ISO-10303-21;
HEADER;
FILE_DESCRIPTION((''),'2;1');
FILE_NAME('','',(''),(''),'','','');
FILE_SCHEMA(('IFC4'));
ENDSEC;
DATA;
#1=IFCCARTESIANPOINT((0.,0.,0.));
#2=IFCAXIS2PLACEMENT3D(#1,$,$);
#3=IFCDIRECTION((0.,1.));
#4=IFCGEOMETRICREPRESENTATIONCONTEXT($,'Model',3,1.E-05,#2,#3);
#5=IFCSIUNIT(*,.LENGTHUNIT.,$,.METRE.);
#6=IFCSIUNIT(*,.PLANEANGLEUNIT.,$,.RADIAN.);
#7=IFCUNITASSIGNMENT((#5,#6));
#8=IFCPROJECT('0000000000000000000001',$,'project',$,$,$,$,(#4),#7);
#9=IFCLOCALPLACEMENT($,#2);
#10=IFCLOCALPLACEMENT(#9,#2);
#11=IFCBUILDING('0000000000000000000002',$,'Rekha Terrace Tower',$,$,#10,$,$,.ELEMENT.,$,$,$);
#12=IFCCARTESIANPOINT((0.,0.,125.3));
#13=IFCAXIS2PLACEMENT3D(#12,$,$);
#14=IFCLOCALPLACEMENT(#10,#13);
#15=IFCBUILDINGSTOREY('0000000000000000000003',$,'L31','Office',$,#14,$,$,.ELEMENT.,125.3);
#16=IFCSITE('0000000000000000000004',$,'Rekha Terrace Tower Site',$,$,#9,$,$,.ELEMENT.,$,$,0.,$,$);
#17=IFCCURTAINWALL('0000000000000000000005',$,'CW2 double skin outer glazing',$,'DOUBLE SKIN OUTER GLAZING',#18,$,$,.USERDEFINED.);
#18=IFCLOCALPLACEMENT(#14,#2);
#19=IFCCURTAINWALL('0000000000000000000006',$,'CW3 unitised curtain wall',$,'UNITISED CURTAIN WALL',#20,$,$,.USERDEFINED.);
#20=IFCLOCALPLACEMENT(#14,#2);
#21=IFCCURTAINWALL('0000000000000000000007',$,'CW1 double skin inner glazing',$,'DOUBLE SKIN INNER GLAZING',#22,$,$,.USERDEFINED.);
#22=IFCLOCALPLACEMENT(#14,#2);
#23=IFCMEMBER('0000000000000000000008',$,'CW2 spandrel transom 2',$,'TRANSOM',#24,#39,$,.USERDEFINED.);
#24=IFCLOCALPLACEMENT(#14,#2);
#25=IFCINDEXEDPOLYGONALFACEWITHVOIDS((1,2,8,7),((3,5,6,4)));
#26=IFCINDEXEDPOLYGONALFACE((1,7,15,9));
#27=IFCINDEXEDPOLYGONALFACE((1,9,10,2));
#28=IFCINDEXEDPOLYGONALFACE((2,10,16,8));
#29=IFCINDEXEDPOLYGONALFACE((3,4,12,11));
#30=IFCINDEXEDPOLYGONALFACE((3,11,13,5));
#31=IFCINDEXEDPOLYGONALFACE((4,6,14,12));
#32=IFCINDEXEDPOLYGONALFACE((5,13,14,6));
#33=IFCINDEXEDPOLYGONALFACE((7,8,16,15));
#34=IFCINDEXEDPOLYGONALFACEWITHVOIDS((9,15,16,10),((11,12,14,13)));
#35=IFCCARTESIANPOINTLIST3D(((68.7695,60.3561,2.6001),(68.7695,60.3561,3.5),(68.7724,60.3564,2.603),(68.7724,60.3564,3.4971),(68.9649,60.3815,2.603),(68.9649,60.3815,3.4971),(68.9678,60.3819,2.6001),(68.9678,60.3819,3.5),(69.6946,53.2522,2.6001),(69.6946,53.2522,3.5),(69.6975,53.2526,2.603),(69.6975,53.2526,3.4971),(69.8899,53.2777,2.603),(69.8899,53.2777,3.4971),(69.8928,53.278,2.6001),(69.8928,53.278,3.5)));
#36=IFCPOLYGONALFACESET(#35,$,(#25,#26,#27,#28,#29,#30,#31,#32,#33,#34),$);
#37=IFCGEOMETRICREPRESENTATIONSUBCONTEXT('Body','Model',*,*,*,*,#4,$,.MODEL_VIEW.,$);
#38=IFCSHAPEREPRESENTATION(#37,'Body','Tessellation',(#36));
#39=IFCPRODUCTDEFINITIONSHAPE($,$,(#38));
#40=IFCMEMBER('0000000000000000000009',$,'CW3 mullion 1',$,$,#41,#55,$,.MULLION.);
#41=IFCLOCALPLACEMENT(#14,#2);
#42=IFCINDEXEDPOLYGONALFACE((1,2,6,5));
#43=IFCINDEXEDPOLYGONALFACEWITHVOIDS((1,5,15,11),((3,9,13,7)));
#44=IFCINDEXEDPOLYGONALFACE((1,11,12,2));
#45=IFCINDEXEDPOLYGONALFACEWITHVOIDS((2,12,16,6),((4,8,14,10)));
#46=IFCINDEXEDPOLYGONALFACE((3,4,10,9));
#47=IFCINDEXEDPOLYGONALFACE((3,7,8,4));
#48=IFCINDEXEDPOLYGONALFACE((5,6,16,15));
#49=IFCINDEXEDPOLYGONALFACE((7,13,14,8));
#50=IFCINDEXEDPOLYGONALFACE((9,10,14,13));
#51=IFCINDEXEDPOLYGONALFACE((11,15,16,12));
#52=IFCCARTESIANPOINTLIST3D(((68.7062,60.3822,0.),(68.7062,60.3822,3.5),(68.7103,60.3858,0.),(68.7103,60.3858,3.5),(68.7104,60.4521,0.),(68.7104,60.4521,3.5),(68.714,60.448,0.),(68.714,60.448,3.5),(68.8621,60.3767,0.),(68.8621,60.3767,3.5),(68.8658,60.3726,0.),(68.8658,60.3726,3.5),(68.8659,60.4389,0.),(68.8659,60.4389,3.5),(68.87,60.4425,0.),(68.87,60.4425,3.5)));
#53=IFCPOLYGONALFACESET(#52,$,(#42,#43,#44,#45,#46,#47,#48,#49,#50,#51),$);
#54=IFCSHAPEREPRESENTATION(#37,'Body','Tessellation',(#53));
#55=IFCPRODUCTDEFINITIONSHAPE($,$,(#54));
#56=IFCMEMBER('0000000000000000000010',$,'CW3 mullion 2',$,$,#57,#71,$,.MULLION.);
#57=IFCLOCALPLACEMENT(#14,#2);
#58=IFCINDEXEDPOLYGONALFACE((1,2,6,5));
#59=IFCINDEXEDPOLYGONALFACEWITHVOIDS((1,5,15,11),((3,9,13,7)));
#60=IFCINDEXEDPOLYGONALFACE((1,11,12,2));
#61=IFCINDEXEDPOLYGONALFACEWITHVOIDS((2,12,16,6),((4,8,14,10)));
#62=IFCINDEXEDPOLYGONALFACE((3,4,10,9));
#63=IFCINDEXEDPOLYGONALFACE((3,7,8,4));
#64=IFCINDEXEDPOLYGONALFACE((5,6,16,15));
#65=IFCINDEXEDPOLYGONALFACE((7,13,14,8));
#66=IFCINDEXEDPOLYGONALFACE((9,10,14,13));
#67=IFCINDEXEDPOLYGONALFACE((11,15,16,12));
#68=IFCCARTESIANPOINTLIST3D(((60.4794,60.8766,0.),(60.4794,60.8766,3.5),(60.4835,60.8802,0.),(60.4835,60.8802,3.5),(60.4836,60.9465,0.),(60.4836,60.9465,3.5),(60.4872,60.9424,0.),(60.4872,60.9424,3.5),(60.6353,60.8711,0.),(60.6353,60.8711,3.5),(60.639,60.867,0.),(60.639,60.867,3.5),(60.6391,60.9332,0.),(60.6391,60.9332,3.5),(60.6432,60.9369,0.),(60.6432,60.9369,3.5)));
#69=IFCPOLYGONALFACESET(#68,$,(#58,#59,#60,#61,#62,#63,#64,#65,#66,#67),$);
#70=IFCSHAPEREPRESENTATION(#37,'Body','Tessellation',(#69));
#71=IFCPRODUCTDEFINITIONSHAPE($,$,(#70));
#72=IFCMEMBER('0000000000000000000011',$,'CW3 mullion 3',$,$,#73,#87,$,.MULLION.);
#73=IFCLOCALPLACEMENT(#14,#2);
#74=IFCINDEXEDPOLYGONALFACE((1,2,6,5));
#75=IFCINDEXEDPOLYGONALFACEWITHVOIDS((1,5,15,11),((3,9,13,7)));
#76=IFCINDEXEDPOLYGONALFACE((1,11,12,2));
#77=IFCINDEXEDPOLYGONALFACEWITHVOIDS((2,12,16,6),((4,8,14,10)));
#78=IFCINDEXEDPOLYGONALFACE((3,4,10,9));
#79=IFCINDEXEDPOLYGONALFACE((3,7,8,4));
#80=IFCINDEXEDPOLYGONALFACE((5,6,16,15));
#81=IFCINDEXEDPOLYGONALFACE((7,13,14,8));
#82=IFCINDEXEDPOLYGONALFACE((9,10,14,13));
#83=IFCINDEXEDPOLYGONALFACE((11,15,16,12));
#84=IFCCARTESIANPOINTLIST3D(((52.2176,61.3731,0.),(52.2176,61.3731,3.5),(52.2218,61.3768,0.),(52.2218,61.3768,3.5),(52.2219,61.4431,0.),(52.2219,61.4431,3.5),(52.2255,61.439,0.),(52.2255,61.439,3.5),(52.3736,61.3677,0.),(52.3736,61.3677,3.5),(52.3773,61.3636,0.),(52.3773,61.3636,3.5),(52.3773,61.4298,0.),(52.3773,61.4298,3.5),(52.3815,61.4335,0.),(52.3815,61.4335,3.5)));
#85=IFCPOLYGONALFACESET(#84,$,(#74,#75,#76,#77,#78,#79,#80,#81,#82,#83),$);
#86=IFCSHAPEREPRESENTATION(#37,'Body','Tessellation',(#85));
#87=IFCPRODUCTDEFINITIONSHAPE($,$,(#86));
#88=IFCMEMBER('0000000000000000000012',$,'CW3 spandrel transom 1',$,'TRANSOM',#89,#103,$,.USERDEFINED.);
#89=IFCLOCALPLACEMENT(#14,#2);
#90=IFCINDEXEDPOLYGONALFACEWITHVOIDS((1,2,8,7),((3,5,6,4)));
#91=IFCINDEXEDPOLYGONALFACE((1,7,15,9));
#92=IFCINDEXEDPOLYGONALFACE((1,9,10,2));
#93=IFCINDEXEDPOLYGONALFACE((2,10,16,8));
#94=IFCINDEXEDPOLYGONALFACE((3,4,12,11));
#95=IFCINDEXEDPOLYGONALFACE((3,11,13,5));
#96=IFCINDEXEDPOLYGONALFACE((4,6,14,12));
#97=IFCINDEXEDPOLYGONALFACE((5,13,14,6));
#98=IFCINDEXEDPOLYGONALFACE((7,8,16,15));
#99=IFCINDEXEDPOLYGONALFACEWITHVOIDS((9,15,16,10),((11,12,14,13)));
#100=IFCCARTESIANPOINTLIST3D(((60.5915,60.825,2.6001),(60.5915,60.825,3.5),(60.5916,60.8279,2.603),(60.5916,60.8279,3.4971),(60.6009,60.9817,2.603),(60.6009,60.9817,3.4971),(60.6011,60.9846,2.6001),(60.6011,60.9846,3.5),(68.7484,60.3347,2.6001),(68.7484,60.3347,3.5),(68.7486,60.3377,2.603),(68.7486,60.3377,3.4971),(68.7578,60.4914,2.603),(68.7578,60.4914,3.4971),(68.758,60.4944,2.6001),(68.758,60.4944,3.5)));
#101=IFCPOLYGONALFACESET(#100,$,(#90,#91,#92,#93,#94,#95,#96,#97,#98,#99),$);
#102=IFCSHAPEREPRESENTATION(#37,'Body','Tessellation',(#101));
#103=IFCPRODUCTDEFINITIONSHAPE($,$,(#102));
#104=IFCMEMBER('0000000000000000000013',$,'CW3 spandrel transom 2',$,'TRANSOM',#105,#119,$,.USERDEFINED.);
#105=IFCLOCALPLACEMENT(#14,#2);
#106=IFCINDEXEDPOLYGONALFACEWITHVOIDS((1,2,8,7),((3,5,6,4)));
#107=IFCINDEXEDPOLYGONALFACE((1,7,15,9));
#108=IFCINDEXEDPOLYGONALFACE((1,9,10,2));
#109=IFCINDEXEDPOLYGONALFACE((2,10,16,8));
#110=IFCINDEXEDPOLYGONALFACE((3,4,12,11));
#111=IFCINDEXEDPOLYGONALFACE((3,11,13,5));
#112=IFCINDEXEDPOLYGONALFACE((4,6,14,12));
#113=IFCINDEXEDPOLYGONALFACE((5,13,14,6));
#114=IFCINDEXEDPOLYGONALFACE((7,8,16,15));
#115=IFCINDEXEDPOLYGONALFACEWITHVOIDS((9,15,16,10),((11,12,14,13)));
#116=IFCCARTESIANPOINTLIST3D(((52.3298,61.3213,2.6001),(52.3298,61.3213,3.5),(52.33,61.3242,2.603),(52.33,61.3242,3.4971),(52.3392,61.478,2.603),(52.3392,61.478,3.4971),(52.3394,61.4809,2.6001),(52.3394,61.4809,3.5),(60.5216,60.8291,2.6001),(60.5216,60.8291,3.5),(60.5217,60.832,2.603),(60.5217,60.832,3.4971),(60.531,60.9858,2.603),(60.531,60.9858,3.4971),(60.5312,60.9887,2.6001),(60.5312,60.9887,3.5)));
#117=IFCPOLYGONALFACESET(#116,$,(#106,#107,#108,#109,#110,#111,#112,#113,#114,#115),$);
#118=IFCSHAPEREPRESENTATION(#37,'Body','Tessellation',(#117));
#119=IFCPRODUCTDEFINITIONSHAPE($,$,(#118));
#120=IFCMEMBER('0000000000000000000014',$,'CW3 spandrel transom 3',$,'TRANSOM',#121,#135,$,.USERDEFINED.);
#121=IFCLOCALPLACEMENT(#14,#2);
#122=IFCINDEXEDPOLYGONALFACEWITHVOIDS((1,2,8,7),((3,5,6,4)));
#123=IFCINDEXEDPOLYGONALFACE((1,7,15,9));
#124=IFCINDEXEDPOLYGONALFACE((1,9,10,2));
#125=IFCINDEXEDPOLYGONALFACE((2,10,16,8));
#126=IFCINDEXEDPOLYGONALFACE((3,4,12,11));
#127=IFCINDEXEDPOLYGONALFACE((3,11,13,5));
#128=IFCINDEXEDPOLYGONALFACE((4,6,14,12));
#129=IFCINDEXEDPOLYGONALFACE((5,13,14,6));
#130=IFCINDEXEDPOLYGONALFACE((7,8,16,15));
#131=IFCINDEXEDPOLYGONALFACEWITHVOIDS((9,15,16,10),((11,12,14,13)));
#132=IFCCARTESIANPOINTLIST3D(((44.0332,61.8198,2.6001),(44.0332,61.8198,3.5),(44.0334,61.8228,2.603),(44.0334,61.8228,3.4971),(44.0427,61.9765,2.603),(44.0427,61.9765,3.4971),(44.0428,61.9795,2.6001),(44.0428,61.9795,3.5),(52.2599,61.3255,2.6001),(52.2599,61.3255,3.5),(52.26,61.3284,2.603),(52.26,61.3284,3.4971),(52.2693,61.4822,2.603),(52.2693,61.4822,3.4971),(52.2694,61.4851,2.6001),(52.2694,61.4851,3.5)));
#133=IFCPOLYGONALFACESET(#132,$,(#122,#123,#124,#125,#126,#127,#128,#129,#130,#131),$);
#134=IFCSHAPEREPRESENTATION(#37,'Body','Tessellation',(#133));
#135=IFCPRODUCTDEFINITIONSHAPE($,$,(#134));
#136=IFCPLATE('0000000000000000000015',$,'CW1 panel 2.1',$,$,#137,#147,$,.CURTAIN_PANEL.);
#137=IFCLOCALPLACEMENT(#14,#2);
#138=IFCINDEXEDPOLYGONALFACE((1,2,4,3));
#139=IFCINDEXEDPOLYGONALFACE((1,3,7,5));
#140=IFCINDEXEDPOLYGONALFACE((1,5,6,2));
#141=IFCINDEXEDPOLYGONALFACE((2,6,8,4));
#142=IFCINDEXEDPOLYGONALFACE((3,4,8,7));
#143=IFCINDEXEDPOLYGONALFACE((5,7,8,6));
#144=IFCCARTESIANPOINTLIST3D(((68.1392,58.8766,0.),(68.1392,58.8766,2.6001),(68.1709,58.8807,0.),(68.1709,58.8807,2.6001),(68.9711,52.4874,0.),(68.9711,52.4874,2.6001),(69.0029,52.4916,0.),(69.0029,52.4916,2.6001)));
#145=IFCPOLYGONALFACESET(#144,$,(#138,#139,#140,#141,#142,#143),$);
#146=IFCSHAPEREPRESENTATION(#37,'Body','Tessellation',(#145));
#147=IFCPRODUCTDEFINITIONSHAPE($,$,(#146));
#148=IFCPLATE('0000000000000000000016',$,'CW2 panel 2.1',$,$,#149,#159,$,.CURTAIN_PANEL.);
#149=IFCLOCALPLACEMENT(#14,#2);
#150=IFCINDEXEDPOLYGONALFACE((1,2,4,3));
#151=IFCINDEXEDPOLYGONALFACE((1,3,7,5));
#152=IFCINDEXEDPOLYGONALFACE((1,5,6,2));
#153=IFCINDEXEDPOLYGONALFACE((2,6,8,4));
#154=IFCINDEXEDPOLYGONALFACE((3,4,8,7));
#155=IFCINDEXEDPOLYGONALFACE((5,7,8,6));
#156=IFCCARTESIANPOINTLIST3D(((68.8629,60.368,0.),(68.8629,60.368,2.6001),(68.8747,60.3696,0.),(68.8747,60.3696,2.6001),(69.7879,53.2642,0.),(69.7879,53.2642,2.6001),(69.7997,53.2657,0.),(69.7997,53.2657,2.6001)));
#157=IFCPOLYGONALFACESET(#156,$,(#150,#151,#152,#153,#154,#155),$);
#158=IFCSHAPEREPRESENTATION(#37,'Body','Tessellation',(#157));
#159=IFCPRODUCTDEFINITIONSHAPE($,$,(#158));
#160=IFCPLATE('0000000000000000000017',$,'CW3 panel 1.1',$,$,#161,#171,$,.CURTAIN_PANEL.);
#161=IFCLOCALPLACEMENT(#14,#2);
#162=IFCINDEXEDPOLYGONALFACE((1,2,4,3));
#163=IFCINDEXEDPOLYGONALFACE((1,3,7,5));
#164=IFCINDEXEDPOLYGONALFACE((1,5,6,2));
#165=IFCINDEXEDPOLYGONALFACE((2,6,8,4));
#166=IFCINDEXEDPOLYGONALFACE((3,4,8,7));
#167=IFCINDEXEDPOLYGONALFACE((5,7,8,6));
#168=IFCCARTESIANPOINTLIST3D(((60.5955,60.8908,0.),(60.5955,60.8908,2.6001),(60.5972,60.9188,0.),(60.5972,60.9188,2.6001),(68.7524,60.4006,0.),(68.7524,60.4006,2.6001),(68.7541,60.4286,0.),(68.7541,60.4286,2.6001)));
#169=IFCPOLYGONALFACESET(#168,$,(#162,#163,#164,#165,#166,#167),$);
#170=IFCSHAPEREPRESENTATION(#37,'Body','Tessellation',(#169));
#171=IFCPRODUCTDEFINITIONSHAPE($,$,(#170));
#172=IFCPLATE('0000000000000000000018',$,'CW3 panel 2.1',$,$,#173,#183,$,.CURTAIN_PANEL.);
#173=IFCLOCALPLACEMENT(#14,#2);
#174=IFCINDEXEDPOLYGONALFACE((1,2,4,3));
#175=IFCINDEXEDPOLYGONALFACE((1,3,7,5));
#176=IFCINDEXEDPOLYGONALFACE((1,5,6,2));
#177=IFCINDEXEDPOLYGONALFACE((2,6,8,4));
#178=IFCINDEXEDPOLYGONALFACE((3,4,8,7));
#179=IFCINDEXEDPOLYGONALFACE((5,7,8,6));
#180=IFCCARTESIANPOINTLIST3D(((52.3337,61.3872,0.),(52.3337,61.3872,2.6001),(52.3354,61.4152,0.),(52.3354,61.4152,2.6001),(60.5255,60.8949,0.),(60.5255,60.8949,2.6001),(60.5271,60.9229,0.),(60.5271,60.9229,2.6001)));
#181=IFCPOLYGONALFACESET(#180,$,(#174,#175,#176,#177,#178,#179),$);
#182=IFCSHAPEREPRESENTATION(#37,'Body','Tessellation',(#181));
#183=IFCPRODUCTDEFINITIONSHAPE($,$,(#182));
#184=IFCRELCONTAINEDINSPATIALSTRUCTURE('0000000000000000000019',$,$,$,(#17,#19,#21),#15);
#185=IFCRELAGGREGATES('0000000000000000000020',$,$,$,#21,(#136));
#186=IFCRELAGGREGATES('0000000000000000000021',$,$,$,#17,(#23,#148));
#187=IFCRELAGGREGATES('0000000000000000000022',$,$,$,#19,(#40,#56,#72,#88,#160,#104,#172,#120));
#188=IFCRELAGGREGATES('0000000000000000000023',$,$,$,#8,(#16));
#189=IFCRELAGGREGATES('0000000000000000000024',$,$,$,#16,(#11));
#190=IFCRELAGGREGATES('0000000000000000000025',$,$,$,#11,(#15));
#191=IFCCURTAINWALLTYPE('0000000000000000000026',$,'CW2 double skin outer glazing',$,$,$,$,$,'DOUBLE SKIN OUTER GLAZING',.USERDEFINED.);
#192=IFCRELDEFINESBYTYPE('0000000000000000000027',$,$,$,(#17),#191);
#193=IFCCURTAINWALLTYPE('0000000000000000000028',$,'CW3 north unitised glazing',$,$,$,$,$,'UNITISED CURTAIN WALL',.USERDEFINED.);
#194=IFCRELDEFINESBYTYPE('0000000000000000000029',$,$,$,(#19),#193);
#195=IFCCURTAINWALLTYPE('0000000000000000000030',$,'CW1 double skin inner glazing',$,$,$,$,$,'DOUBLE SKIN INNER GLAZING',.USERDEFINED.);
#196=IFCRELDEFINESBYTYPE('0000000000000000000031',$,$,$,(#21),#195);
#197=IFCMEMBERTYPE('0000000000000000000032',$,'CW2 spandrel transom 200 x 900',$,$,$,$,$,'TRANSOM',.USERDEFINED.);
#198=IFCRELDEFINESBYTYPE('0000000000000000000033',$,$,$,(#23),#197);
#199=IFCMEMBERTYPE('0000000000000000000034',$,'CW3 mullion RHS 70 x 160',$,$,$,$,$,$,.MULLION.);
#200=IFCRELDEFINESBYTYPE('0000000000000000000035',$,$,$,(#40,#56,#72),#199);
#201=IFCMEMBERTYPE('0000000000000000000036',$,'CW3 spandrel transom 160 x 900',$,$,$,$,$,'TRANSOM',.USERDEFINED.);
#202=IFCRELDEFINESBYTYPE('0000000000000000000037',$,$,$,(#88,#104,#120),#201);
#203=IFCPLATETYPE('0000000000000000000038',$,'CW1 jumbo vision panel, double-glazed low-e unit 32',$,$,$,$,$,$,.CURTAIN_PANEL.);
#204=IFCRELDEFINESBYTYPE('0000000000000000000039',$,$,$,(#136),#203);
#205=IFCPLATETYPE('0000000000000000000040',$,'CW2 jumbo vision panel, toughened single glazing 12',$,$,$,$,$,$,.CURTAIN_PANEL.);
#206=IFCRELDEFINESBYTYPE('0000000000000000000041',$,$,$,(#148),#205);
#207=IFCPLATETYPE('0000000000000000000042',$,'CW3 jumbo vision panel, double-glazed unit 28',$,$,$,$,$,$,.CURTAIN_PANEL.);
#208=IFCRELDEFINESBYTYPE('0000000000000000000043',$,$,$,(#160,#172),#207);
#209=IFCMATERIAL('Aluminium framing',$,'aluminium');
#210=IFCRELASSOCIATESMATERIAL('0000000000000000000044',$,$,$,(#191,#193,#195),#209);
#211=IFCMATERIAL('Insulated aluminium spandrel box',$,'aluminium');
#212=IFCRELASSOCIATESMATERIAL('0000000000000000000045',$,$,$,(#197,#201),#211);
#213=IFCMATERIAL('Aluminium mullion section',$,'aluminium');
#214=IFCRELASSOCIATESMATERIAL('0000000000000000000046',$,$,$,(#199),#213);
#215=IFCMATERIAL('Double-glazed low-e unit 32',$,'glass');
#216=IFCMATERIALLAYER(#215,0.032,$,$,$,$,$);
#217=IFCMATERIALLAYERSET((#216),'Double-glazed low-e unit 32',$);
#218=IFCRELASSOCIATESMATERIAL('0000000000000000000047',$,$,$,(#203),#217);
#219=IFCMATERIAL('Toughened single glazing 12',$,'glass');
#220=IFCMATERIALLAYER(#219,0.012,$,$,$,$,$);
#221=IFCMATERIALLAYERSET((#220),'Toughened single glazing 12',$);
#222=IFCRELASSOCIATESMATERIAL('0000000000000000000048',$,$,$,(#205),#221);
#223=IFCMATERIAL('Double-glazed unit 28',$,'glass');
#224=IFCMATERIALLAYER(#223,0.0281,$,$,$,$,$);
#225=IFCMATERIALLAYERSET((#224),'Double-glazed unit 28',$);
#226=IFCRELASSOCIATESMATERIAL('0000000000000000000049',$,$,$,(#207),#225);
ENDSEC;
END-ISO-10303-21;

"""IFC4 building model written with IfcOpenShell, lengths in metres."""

from ifc_helpers import new_model, si_unit, direction, frame, origin, origin_2d, place, context, subcontext, project, spatial, rectangle, hollow_rectangle, extrude, material, layer, layer_set, material_profile, profile_set, type_object, element, aggregate, save


model = new_model("IFC4")

# Units and contexts
model_context = context("Model", 3, precision=1e-05, world=origin(), true_north=direction((0.0, 1.0)))
body_context = subcontext(model_context, "Body", "Model", "MODEL_VIEW")
ifc_project = project(units=[si_unit("LENGTHUNIT", "METRE"), si_unit("PLANEANGLEUNIT", "RADIAN")], contexts=[model_context])

# Site, building, storey
site_placement = place(None, origin())
site = spatial("IfcSite", under=ifc_project, at=site_placement, Name="Rekha Terrace Tower Site", CompositionType="ELEMENT", RefElevation=0.0)
building_placement = place(site_placement, origin())
building = spatial("IfcBuilding", under=site, at=building_placement, Name="Rekha Terrace Tower", CompositionType="ELEMENT")
storey_placement = place(building_placement, frame((0.0, 0.0, 125.3)))
storey = spatial("IfcBuildingStorey", under=building, at=storey_placement, Name="L31", Description="Office", CompositionType="ELEMENT", Elevation=125.3)

# Curtain wall
ifc_material_1 = material(Name="Aluminium framing", Category="aluminium")
curtain_wall_type_1 = type_object("IfcCurtainWallType", Name="CW2 double skin outer glazing", ElementType="DOUBLE SKIN OUTER GLAZING", PredefinedType="USERDEFINED", material=ifc_material_1)
curtain_wall_1_placement = place(storey_placement, origin())
curtain_wall_1 = element("IfcCurtainWall", 1, at=curtain_wall_1_placement, inside=storey, type_object=curtain_wall_type_1, Name="CW2 double skin outer glazing", ObjectType="DOUBLE SKIN OUTER GLAZING", PredefinedType="USERDEFINED")

# Curtain walls
curtain_wall_type_2 = type_object("IfcCurtainWallType", Name="CW3 north unitised glazing", ElementType="UNITISED CURTAIN WALL", PredefinedType="USERDEFINED", material=ifc_material_1)
curtain_wall_2_placement = place(storey_placement, origin())
curtain_wall_2 = element("IfcCurtainWall", 2, at=curtain_wall_2_placement, inside=storey, type_object=curtain_wall_type_2, Name="CW3 unitised curtain wall", ObjectType="UNITISED CURTAIN WALL", PredefinedType="USERDEFINED")
curtain_wall_type_3 = type_object("IfcCurtainWallType", Name="CW1 double skin inner glazing", ElementType="DOUBLE SKIN INNER GLAZING", PredefinedType="USERDEFINED", material=ifc_material_1)
curtain_wall_3_placement = place(storey_placement, origin())
curtain_wall_3 = element("IfcCurtainWall", 3, at=curtain_wall_3_placement, inside=storey, type_object=curtain_wall_type_3, Name="CW1 double skin inner glazing", ObjectType="DOUBLE SKIN INNER GLAZING", PredefinedType="USERDEFINED")
ifc_material_2 = material(Name="Aluminium mullion section", Category="aluminium")
ifc_material_3 = material(Name="Insulated aluminium spandrel box", Category="aluminium")

# Members
ifc_material_profile_1 = material_profile(ifc_material_3, hollow_rectangle(XDim=0.2, YDim=0.8999, WallThickness=0.0029, at=origin_2d()), Name="AL SPANDREL BOX 200x900")
ifc_profile_set_1 = profile_set([ifc_material_profile_1], Name="Insulated aluminium spandrel box")
member_type_1 = type_object("IfcMemberType", Name="CW2 spandrel transom 200 x 900", ElementType="TRANSOM", PredefinedType="USERDEFINED", material=ifc_profile_set_1)
member_1_placement = place(storey_placement, frame((69.7937, 53.2651, 3.05), z_axis=(-0.129129, 0.991628, 0.0), x_axis=(-0.991628, -0.129129, 0.0)))
member_1 = element("IfcMember", 4, at=member_1_placement, type_object=member_type_1, Name="CW2 spandrel transom 2", ObjectType="TRANSOM", PredefinedType="USERDEFINED", context=body_context, shape_type="SweptSolid", body=[
    extrude(hollow_rectangle(XDim=0.2, YDim=0.8999, WallThickness=0.0029, at=origin_2d()), origin(), (0.0, 0.0, 1.0), 7.1638),
])
ifc_material_profile_2 = material_profile(ifc_material_2, hollow_rectangle(XDim=0.0701, YDim=0.1599, WallThickness=0.0039, at=origin_2d()), Name="AL RHS 70x160")
ifc_profile_set_2 = profile_set([ifc_material_profile_2], Name="Aluminium mullion section")
member_type_2 = type_object("IfcMemberType", Name="CW3 mullion RHS 70 x 160", PredefinedType="MULLION", material=ifc_profile_set_2)
member_2_placement = place(storey_placement, frame((68.7881, 60.4124, 0.0), z_axis=(0.0, 0.0, 1.0), x_axis=(-0.059988, -0.998199, 0.0)))
member_2 = element("IfcMember", 5, at=member_2_placement, type_object=member_type_2, Name="CW3 mullion 1", PredefinedType="MULLION", context=body_context, shape_type="SweptSolid", body=[
    extrude(hollow_rectangle(XDim=0.0701, YDim=0.1599, WallThickness=0.0039, at=origin_2d()), origin(), (0.0, 0.0, 1.0), 3.5),
])
member_3_placement = place(storey_placement, frame((60.5613, 60.9067, 0.0), z_axis=(0.0, 0.0, 1.0), x_axis=(-0.059988, -0.998199, 0.0)))
member_3 = element("IfcMember", 6, at=member_3_placement, type_object=member_type_2, Name="CW3 mullion 2", PredefinedType="MULLION", context=body_context, shape_type="SweptSolid", body=[
    extrude(hollow_rectangle(XDim=0.0701, YDim=0.1599, WallThickness=0.0039, at=origin_2d()), origin(), (0.0, 0.0, 1.0), 3.5),
])
member_4_placement = place(storey_placement, frame((52.2996, 61.4033, 0.0), z_axis=(0.0, 0.0, 1.0), x_axis=(-0.059988, -0.998199, 0.0)))
member_4 = element("IfcMember", 7, at=member_4_placement, type_object=member_type_2, Name="CW3 mullion 3", PredefinedType="MULLION", context=body_context, shape_type="SweptSolid", body=[
    extrude(hollow_rectangle(XDim=0.0701, YDim=0.1599, WallThickness=0.0039, at=origin_2d()), origin(), (0.0, 0.0, 1.0), 3.5),
])
ifc_material_profile_3 = material_profile(ifc_material_3, hollow_rectangle(XDim=0.1599, YDim=0.8999, WallThickness=0.0029, at=origin_2d()), Name="AL SPANDREL BOX 160x900")
ifc_profile_set_3 = profile_set([ifc_material_profile_3], Name="Insulated aluminium spandrel box")
member_type_3 = type_object("IfcMemberType", Name="CW3 spandrel transom 160 x 900", ElementType="TRANSOM", PredefinedType="USERDEFINED", material=ifc_profile_set_3)
member_5_placement = place(storey_placement, frame((68.7532, 60.4146, 3.05), z_axis=(-0.998199, 0.059992, 0.0), x_axis=(-0.059992, -0.998199, 0.0)))
member_5 = element("IfcMember", 8, at=member_5_placement, type_object=member_type_3, Name="CW3 spandrel transom 1", ObjectType="TRANSOM", PredefinedType="USERDEFINED", context=body_context, shape_type="SweptSolid", body=[
    extrude(hollow_rectangle(XDim=0.1599, YDim=0.8999, WallThickness=0.0029, at=origin_2d()), origin(), (0.0, 0.0, 1.0), 8.1716),
])
member_6_placement = place(storey_placement, frame((60.5264, 60.9089, 3.05), z_axis=(-0.9982, 0.059976, 0.0), x_axis=(-0.059976, -0.9982, 0.0)))
member_6 = element("IfcMember", 9, at=member_6_placement, type_object=member_type_3, Name="CW3 spandrel transom 2", ObjectType="TRANSOM", PredefinedType="USERDEFINED", context=body_context, shape_type="SweptSolid", body=[
    extrude(hollow_rectangle(XDim=0.1599, YDim=0.8999, WallThickness=0.0029, at=origin_2d()), origin(), (0.0, 0.0, 1.0), 8.2065),
])
member_7_placement = place(storey_placement, frame((52.2646, 61.4053, 3.05), z_axis=(-0.998199, 0.059988, 0.0), x_axis=(-0.059988, -0.998199, 0.0)))
member_7 = element("IfcMember", 10, at=member_7_placement, type_object=member_type_3, Name="CW3 spandrel transom 3", ObjectType="TRANSOM", PredefinedType="USERDEFINED", context=body_context, shape_type="SweptSolid", body=[
    extrude(hollow_rectangle(XDim=0.1599, YDim=0.8999, WallThickness=0.0029, at=origin_2d()), origin(), (0.0, 0.0, 1.0), 8.2415),
])

# Plates
ifc_material_4 = material(Name="Double-glazed low-e unit 32", Category="glass")
ifc_layer_1 = layer(ifc_material_4, 0.032)
ifc_layer_set_1 = layer_set([ifc_layer_1], Name="Double-glazed low-e unit 32")
plate_type_1 = type_object("IfcPlateType", Name="CW1 jumbo vision panel, double-glazed low-e unit 32", PredefinedType="CURTAIN_PANEL", material=ifc_layer_set_1)
plate_1_placement = place(storey_placement, frame((68.571, 55.6841, 0.0), z_axis=(0.0, 0.0, 1.0), x_axis=(-0.129118, 0.991629, 0.0)))
plate_1 = element("IfcPlate", 11, at=plate_1_placement, type_object=plate_type_1, Name="CW1 panel 2.1", PredefinedType="CURTAIN_PANEL", context=body_context, shape_type="SweptSolid", body=[
    extrude(rectangle(XDim=6.4431, YDim=0.032, at=origin_2d()), origin(), (0.0, 0.0, 1.0), 2.6001),
])
aggregate(curtain_wall_3, [plate_1])
ifc_material_5 = material(Name="Toughened single glazing 12", Category="glass")
ifc_layer_2 = layer(ifc_material_5, 0.012)
ifc_layer_set_2 = layer_set([ifc_layer_2], Name="Toughened single glazing 12")
plate_type_2 = type_object("IfcPlateType", Name="CW2 jumbo vision panel, toughened single glazing 12", PredefinedType="CURTAIN_PANEL", material=ifc_layer_set_2)
plate_2_placement = place(storey_placement, frame((69.3313, 56.8169, 0.0), z_axis=(0.0, 0.0, 1.0), x_axis=(-0.129118, 0.991629, 0.0)))
plate_2 = element("IfcPlate", 12, at=plate_2_placement, type_object=plate_type_2, Name="CW2 panel 2.1", PredefinedType="CURTAIN_PANEL", context=body_context, shape_type="SweptSolid", body=[
    extrude(rectangle(XDim=7.1638, YDim=0.012, at=origin_2d()), origin(), (0.0, 0.0, 1.0), 2.6001),
])
aggregate(curtain_wall_1, [member_1, plate_2])
ifc_material_6 = material(Name="Double-glazed unit 28", Category="glass")
ifc_layer_3 = layer(ifc_material_6, 0.0281)
ifc_layer_set_3 = layer_set([ifc_layer_3], Name="Double-glazed unit 28")
plate_type_3 = type_object("IfcPlateType", Name="CW3 jumbo vision panel, double-glazed unit 28", PredefinedType="CURTAIN_PANEL", material=ifc_layer_set_3)
plate_3_placement = place(storey_placement, frame((64.6748, 60.6597, 0.0), z_axis=(0.0, 0.0, 1.0), x_axis=(-0.998199, 0.059988, 0.0)))
plate_3 = element("IfcPlate", 13, at=plate_3_placement, type_object=plate_type_3, Name="CW3 panel 1.1", PredefinedType="CURTAIN_PANEL", context=body_context, shape_type="SweptSolid", body=[
    extrude(rectangle(XDim=8.1716, YDim=0.0281, at=origin_2d()), origin(), (0.0, 0.0, 1.0), 2.6001),
])
plate_4_placement = place(storey_placement, frame((56.4304, 61.155, 0.0), z_axis=(0.0, 0.0, 1.0), x_axis=(-0.998199, 0.059988, 0.0)))
plate_4 = element("IfcPlate", 14, at=plate_4_placement, type_object=plate_type_3, Name="CW3 panel 2.1", PredefinedType="CURTAIN_PANEL", context=body_context, shape_type="SweptSolid", body=[
    extrude(rectangle(XDim=8.2065, YDim=0.0281, at=origin_2d()), origin(), (0.0, 0.0, 1.0), 2.6001),
])
aggregate(curtain_wall_2, [member_2, member_3, member_4, member_5, plate_3, member_6, plate_4, member_7])

save(model, "model.ifc")
